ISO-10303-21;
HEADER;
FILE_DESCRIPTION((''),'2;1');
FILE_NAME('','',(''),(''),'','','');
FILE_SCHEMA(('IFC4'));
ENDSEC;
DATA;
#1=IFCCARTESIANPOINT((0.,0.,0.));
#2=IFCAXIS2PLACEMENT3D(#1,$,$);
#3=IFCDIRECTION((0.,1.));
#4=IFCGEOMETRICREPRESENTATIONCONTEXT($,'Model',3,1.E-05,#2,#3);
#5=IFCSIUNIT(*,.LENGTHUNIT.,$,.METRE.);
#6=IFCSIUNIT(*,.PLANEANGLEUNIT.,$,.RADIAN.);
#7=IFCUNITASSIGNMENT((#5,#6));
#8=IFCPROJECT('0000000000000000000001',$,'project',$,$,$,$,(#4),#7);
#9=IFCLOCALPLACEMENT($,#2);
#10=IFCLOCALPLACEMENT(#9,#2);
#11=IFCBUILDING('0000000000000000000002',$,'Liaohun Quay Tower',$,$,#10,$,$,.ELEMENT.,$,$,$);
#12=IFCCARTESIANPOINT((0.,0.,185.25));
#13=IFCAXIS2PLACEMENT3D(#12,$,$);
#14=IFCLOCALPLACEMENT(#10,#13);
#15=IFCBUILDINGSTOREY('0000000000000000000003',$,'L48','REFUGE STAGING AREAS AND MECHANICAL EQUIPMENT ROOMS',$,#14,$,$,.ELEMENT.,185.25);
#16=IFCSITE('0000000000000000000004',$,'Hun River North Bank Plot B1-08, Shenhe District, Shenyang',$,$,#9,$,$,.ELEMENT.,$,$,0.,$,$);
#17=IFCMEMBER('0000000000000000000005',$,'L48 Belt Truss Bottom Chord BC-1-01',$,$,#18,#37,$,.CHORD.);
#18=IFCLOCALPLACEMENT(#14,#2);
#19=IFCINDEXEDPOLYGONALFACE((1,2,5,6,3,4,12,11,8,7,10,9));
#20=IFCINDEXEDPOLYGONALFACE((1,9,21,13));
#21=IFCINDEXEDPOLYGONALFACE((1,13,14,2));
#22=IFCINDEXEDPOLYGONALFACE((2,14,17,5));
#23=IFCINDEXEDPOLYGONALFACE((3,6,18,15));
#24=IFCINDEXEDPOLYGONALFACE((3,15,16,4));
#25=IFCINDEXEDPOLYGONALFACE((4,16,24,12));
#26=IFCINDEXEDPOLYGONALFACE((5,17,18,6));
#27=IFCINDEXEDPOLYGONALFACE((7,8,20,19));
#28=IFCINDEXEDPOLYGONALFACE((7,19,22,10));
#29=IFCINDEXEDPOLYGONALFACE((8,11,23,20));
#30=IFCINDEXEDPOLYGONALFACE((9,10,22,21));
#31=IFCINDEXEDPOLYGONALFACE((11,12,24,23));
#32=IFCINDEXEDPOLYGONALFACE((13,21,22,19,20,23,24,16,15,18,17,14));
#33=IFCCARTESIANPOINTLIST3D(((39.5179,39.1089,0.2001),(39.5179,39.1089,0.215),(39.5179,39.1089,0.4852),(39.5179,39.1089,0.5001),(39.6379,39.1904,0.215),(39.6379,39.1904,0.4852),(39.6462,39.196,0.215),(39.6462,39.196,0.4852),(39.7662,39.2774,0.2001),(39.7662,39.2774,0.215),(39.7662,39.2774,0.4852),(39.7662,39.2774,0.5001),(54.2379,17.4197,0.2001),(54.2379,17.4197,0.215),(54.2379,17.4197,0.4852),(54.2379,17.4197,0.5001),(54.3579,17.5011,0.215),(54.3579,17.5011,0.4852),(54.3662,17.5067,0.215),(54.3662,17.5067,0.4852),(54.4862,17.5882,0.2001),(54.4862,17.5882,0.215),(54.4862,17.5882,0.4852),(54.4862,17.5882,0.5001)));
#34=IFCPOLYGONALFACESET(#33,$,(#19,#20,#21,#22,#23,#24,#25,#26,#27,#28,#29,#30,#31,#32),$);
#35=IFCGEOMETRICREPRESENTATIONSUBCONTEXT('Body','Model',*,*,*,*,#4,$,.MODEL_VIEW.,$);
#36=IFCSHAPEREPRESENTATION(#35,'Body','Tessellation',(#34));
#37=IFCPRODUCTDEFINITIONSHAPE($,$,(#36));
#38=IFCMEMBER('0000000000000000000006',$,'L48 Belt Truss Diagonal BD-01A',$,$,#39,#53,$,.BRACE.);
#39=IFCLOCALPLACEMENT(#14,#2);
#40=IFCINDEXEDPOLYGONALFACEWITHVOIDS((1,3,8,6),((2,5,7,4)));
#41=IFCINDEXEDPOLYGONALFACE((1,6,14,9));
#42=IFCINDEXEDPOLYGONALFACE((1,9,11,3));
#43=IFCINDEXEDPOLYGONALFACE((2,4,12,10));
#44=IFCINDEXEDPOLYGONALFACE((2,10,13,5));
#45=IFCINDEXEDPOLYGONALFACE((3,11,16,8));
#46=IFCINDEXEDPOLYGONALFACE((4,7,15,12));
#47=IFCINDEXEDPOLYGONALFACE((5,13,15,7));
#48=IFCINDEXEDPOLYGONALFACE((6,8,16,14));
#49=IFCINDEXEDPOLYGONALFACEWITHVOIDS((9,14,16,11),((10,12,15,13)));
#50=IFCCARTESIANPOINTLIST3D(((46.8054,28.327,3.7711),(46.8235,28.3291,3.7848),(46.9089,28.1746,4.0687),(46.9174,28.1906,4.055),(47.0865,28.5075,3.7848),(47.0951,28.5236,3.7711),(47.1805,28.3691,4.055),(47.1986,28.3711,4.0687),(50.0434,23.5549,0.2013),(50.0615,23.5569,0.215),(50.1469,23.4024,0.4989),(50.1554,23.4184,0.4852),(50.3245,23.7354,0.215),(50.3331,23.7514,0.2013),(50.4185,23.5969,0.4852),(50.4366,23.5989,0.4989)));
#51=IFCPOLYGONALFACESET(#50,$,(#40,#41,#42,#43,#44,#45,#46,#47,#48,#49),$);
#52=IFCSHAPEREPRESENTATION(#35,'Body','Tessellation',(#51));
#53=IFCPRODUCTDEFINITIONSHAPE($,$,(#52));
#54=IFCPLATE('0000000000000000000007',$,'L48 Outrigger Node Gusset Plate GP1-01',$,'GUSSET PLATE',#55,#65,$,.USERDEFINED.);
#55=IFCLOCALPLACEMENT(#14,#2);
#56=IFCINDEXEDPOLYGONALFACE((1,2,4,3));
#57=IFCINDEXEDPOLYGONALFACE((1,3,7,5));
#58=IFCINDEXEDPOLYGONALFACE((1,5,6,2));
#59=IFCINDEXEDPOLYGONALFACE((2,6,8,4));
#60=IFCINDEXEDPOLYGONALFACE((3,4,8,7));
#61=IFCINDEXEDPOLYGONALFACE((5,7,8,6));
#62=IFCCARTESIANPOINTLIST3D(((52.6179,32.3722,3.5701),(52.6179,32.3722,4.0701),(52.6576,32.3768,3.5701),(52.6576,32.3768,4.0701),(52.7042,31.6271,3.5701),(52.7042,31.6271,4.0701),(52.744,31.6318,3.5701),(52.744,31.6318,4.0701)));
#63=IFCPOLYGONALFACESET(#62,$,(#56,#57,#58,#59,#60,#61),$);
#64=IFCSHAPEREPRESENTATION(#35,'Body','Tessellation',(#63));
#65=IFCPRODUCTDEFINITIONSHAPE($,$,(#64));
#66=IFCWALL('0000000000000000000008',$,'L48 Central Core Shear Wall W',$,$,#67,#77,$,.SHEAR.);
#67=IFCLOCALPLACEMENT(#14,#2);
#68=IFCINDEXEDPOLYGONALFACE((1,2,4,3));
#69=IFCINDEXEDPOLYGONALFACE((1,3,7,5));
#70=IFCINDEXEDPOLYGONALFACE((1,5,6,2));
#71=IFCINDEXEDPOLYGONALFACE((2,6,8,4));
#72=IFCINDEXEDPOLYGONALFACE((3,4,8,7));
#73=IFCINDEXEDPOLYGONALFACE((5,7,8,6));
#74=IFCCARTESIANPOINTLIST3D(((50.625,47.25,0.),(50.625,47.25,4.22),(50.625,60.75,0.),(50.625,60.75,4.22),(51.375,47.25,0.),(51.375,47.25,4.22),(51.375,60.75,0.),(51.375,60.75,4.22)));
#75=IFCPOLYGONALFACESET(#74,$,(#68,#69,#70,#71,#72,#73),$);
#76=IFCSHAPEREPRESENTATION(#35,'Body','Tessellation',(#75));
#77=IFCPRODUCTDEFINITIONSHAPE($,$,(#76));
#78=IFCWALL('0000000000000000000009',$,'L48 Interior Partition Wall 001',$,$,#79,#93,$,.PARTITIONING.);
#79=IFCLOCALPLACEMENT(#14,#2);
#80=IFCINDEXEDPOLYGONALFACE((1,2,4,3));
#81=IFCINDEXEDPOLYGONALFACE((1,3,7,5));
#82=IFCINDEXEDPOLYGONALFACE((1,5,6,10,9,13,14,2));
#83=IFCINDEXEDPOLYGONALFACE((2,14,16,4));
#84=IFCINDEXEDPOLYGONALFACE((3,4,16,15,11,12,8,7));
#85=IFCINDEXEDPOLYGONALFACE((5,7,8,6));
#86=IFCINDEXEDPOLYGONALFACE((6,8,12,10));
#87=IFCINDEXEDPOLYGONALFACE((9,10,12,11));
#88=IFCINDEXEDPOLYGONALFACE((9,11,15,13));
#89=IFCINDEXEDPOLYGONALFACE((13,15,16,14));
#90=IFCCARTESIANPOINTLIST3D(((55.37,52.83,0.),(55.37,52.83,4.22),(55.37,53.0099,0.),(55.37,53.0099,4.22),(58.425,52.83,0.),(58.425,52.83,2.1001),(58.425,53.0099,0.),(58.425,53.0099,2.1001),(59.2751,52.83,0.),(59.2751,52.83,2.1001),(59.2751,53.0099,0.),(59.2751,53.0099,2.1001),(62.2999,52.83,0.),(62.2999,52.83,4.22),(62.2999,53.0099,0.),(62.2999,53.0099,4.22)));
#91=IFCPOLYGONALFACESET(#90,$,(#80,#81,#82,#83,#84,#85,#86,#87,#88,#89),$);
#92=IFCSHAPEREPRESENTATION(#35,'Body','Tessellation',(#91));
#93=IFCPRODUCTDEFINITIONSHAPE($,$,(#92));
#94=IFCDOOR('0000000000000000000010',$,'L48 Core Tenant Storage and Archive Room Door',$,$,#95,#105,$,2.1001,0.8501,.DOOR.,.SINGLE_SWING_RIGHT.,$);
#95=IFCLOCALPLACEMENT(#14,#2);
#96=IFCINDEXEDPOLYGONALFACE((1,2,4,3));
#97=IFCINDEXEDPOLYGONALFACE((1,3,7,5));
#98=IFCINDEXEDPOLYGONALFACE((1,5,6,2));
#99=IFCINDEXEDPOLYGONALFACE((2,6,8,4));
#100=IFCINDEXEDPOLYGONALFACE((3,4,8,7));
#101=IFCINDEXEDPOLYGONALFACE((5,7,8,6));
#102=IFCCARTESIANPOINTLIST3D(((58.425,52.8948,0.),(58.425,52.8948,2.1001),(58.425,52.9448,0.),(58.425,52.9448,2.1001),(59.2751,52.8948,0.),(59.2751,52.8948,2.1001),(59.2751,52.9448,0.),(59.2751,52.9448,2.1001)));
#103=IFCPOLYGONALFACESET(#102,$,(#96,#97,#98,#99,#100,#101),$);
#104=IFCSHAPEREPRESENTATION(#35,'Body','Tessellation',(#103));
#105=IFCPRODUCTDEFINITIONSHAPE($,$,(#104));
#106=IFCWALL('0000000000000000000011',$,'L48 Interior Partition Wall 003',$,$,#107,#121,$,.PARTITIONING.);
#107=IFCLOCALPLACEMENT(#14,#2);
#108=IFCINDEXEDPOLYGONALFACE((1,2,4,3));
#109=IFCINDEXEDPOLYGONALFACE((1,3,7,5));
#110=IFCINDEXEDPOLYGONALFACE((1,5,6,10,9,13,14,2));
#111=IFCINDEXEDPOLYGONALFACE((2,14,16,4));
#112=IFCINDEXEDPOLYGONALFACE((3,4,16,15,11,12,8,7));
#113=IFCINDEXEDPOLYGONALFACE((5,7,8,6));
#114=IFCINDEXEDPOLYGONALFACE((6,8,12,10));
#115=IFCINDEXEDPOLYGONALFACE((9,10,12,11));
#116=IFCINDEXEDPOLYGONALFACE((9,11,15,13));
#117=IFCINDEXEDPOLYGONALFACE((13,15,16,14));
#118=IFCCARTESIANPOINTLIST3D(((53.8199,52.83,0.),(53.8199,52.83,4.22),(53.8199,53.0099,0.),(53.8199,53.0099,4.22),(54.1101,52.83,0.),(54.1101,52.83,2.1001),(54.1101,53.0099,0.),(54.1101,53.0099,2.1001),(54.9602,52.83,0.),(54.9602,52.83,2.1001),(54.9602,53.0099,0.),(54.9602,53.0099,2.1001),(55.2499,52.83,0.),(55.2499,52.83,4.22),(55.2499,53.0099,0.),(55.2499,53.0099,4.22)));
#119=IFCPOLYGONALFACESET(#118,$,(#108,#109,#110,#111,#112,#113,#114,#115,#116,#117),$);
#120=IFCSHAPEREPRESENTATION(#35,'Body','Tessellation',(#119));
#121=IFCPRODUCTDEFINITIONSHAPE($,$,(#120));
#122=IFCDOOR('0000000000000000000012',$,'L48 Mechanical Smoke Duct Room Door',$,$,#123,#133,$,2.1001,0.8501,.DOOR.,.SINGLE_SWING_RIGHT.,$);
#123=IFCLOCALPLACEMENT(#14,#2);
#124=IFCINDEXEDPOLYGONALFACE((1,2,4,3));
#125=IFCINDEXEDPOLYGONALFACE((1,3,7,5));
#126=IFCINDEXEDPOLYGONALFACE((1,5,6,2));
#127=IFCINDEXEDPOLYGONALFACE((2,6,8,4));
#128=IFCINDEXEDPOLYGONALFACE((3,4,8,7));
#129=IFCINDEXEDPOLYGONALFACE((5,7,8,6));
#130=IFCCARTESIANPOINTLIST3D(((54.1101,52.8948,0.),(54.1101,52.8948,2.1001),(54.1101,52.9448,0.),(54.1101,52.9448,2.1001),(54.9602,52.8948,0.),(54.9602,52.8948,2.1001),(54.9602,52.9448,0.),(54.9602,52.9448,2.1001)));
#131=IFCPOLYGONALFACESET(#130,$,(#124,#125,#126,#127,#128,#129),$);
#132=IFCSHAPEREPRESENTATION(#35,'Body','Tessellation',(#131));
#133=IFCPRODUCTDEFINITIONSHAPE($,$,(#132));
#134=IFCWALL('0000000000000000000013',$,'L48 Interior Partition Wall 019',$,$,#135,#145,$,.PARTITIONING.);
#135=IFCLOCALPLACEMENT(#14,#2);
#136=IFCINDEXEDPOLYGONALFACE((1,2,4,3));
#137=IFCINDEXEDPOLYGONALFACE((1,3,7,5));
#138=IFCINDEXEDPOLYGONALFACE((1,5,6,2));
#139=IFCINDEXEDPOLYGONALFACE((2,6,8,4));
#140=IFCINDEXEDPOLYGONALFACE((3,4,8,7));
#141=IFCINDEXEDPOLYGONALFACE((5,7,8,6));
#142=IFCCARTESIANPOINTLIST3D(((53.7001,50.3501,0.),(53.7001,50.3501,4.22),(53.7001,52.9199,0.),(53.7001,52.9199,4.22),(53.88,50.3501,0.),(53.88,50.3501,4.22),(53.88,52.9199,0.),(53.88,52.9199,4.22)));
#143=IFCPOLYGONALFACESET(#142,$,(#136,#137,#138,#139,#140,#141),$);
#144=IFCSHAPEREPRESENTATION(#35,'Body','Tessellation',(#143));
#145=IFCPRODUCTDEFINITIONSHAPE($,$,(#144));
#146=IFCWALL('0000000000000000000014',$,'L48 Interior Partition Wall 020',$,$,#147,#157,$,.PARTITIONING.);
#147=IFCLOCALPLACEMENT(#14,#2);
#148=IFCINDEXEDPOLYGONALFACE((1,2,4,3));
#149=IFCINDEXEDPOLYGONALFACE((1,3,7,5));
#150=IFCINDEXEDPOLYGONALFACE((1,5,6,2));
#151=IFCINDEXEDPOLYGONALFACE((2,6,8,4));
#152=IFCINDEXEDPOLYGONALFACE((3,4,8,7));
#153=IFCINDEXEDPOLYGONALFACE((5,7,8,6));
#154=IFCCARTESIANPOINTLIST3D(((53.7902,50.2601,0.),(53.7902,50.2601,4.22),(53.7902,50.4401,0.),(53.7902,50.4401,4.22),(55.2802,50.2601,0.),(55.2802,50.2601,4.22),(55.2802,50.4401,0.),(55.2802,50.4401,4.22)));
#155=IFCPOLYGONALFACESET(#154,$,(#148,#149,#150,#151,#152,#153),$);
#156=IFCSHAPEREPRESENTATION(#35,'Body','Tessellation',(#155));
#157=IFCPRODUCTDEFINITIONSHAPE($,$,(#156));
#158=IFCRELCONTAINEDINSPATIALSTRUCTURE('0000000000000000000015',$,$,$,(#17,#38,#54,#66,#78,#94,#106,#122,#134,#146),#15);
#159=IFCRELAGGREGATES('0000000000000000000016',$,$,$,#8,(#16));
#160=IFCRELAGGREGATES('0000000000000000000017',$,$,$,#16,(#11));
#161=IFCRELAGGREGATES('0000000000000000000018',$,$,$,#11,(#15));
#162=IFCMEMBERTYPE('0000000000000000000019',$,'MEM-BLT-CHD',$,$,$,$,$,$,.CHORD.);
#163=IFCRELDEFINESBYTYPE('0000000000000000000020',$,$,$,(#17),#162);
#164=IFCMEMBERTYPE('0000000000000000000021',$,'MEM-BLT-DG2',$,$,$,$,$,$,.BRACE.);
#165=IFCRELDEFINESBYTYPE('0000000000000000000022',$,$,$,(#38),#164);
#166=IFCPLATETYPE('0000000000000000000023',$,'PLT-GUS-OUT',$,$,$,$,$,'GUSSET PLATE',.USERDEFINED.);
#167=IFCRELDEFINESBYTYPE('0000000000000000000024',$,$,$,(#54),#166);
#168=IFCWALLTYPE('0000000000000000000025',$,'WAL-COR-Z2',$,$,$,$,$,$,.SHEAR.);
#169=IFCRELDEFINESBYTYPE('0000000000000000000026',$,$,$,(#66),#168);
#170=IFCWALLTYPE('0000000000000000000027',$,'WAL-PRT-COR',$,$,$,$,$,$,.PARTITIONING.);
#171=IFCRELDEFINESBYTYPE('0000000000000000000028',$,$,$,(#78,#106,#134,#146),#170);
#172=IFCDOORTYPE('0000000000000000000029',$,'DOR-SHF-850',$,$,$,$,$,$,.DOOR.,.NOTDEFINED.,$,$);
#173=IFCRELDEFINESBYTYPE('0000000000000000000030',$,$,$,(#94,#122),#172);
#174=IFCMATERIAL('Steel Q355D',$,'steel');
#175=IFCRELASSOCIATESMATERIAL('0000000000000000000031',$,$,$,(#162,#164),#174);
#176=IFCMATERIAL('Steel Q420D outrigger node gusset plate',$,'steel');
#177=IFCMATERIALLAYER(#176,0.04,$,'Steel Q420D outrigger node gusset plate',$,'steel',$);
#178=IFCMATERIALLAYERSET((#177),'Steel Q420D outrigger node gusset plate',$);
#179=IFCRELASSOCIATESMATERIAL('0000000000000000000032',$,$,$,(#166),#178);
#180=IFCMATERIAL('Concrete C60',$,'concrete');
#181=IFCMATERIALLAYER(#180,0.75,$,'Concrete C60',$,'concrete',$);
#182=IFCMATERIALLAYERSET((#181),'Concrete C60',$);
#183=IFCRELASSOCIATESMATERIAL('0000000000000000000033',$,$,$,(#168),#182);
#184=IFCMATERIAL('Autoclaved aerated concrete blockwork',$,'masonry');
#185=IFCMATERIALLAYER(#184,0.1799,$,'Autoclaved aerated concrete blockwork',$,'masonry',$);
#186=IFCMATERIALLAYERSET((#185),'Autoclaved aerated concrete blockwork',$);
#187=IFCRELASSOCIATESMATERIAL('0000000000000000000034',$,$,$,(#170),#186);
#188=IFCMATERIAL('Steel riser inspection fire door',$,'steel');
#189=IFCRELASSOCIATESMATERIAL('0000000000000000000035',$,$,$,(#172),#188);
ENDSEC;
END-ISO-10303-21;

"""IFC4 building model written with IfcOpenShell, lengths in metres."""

from ifc_helpers import new_model, si_unit, direction, frame, frame_2d, origin, origin_2d, place, context, subcontext, project, spatial, rectangle, hollow_rectangle, i_section, extrude, source, transform, mapped, material, layer, layer_set, material_profile, profile_set, type_object, element, fill, save


model = new_model("IFC4")

# Units and contexts
model_context = context("Model", 3, precision=1e-05, world=origin(), true_north=direction((0.0, 1.0)))
body_context = subcontext(model_context, "Body", "Model", "MODEL_VIEW")
ifc_project = project(units=[si_unit("LENGTHUNIT", "METRE"), si_unit("PLANEANGLEUNIT", "RADIAN")], contexts=[model_context])

# Site, building, storey
site_placement = place(None, origin())
site = spatial("IfcSite", under=ifc_project, at=site_placement, Name="Hun River North Bank Plot B1-08, Shenhe District, Shenyang", CompositionType="ELEMENT", RefElevation=0.0)
building_placement = place(site_placement, origin())
building = spatial("IfcBuilding", under=site, at=building_placement, Name="Liaohun Quay Tower", CompositionType="ELEMENT")
storey_placement = place(building_placement, frame((0.0, 0.0, 185.25)))
storey = spatial("IfcBuildingStorey", under=building, at=storey_placement, Name="L48", Description="REFUGE STAGING AREAS AND MECHANICAL EQUIPMENT ROOMS", CompositionType="ELEMENT", Elevation=185.25)

# Shared definitions
ifc_material_1 = material(Name="Concrete C60", Category="concrete")

# Shared definitions
ifc_material_2 = material(Name="Steel Q355D", Category="steel")

# Members
ifc_material_profile_1 = material_profile(ifc_material_2, i_section(OverallWidth=0.3, OverallDepth=0.3, WebThickness=0.01, FlangeThickness=0.0149, at=origin_2d()), Name="HW300x300x10x15")
ifc_profile_set_1 = profile_set([ifc_material_profile_1], Name="Steel Q355D")
member_type_1 = type_object("IfcMemberType", Name="MEM-BLT-CHD", PredefinedType="CHORD", material=ifc_profile_set_1)
shared_shape_1 = source(origin(), body_context, "Body", "SweptSolid", [
    extrude(i_section(OverallWidth=0.3, OverallDepth=0.3, WebThickness=0.01, FlangeThickness=0.0149, at=origin_2d()), origin(), (0.0, 0.0, 1.0), 26.2126),
])
member_1_placement = place(storey_placement, frame((54.3621, 17.5039, 0.3501), z_axis=(-0.561561, 0.827435, 0.0), x_axis=(-0.827435, -0.561561, 0.0)))
element("IfcMember", 1, at=member_1_placement, inside=storey, type_object=member_type_1, Name="L48 Belt Truss Bottom Chord BC-1-01", PredefinedType="CHORD", context=body_context, shape_type="MappedRepresentation", body=[
    mapped(shared_shape_1, transform((0.0, 0.0, 0.0), x_axis=(1.0, 0.0, 0.0), y_axis=(0.0, 1.0, 0.0), z_axis=(0.0, 0.0, 1.0), scale=1.0)),
])
ifc_material_profile_2 = material_profile(ifc_material_2, hollow_rectangle(XDim=0.3501, YDim=0.3501, WallThickness=0.0161, at=origin_2d()), Name="SHS350x350x16")
ifc_profile_set_2 = profile_set([ifc_material_profile_2], Name="Steel Q355D")
member_type_2 = type_object("IfcMemberType", Name="MEM-BLT-DG2", PredefinedType="BRACE", material=ifc_profile_set_2)
shared_shape_2 = source(origin(), body_context, "Body", "SweptSolid", [
    extrude(hollow_rectangle(XDim=0.3501, YDim=0.3501, WallThickness=0.0161, at=origin_2d()), origin(), (0.0, 0.0, 1.0), 6.7825),
])
member_2_placement = place(storey_placement, frame((50.24, 23.5769, 0.3501), z_axis=(-0.477409, 0.703605, 0.526327), x_axis=(-0.827496, -0.561471, 0.0)))
element("IfcMember", 2, at=member_2_placement, inside=storey, type_object=member_type_2, Name="L48 Belt Truss Diagonal BD-01A", PredefinedType="BRACE", context=body_context, shape_type="MappedRepresentation", body=[
    mapped(shared_shape_2, transform((0.0, 0.0, 0.0), x_axis=(1.0, 0.0, 0.0), y_axis=(0.0, 1.0, 0.0), z_axis=(0.0, 0.0, 1.0), scale=1.0)),
])

# Plate
ifc_material_3 = material(Name="Steel Q420D outrigger node gusset plate", Category="steel")
ifc_layer_1 = layer(ifc_material_3, 0.04, Name="Steel Q420D outrigger node gusset plate", Category="steel")
ifc_layer_set_1 = layer_set([ifc_layer_1], Name="Steel Q420D outrigger node gusset plate")
plate_type = type_object("IfcPlateType", Name="PLT-GUS-OUT", ElementType="GUSSET PLATE", PredefinedType="USERDEFINED", material=ifc_layer_set_1)
shared_shape_3 = source(origin(), body_context, "Body", "SweptSolid", [
    extrude(rectangle(XDim=0.75, YDim=0.04, at=origin_2d()), origin(), (0.0, 0.0, 1.0), 0.5),
])
plate_placement = place(storey_placement, frame((52.6809, 32.002, 3.5701), z_axis=(0.0, 0.0, 1.0), x_axis=(0.115111, -0.993353, 0.0)))
element("IfcPlate", 3, at=plate_placement, inside=storey, type_object=plate_type, Name="L48 Outrigger Node Gusset Plate GP1-01", ObjectType="GUSSET PLATE", PredefinedType="USERDEFINED", context=body_context, shape_type="MappedRepresentation", body=[
    mapped(shared_shape_3, transform((0.0, 0.0, 0.0), x_axis=(1.0, 0.0, 0.0), y_axis=(0.0, 1.0, 0.0), z_axis=(0.0, 0.0, 1.0), scale=1.0)),
])

# Wall
ifc_layer_2 = layer(ifc_material_1, 0.75, Name="Concrete C60", Category="concrete")
ifc_layer_set_2 = layer_set([ifc_layer_2], Name="Concrete C60")
wall_type_1 = type_object("IfcWallType", Name="WAL-COR-Z2", PredefinedType="SHEAR", material=ifc_layer_set_2)
wall_1_placement = place(storey_placement, frame((51.0, 47.25, 0.0), z_axis=(0.0, 0.0, 1.0), x_axis=(0.0, 1.0, 0.0)))
element("IfcWall", 4, at=wall_1_placement, inside=storey, type_object=wall_type_1, Name="L48 Central Core Shear Wall W", PredefinedType="SHEAR", context=body_context, shape_type="SweptSolid", body=[
    extrude(rectangle(XDim=13.5, YDim=0.75, at=frame_2d((6.75, 0.0))), origin(), (0.0, 0.0, 1.0), 4.22),
])

# Walls, openings, doors
ifc_material_4 = material(Name="Autoclaved aerated concrete blockwork", Category="masonry")
ifc_layer_3 = layer(ifc_material_4, 0.1799, Name="Autoclaved aerated concrete blockwork", Category="masonry")
ifc_layer_set_3 = layer_set([ifc_layer_3], Name="Autoclaved aerated concrete blockwork")
wall_type_2 = type_object("IfcWallType", Name="WAL-PRT-COR", PredefinedType="PARTITIONING", material=ifc_layer_set_3)
wall_2_placement = place(storey_placement, frame((55.3701, 52.9199, 0.0), z_axis=(0.0, 0.0, 1.0), x_axis=(1.0, 0.0, 0.0)))
wall_2 = element("IfcWall", 5, at=wall_2_placement, inside=storey, type_object=wall_type_2, Name="L48 Interior Partition Wall 001", PredefinedType="PARTITIONING", context=body_context, shape_type="SweptSolid", body=[
    extrude(rectangle(XDim=6.9299, YDim=0.1799, at=frame_2d((3.4648, 0.0))), origin(), (0.0, 0.0, 1.0), 4.22),
])
shared_shape_4 = source(origin(), body_context, "Body", "SweptSolid", [
    extrude(rectangle(XDim=0.8501, YDim=2.1001, at=frame_2d((0.425, 1.05))), frame((0.0, 0.0999, 0.0), z_axis=(0.0, -1.0, 0.0), x_axis=(1.0, 0.0, 0.0)), (0.0, 0.0, 1.0), 0.2),
])
opening_1_placement = place(wall_2_placement, frame((3.0549, 0.0, 0.0)))
opening_1 = element("IfcOpeningElement", 6, at=opening_1_placement, cuts=wall_2, PredefinedType="OPENING", context=body_context, shape_type="MappedRepresentation", body=[
    mapped(shared_shape_4, transform((0.0, 0.0, 0.0), x_axis=(1.0, 0.0, 0.0), y_axis=(0.0, 1.0, 0.0), z_axis=(0.0, 0.0, 1.0), scale=1.0)),
])
ifc_material_5 = material(Name="Steel riser inspection fire door", Category="steel")
door_type_1 = type_object("IfcDoorType", Name="DOR-SHF-850", OperationType="NOTDEFINED", PredefinedType="DOOR", material=ifc_material_5)
shared_shape_5 = source(origin(), body_context, "Body", "SweptSolid", [
    extrude(rectangle(XDim=0.8501, YDim=2.1001, at=frame_2d((0.425, 1.05))), frame((0.0, 0.0249, 0.0), z_axis=(0.0, -1.0, 0.0), x_axis=(1.0, 0.0, 0.0)), (0.0, 0.0, 1.0), 0.05),
])
door_1_placement = place(opening_1_placement, origin())
door_1 = element("IfcDoor", 7, at=door_1_placement, inside=storey, type_object=door_type_1, Name="L48 Core Tenant Storage and Archive Room Door", OperationType="SINGLE_SWING_RIGHT", OverallHeight=2.1001, OverallWidth=0.8501, PredefinedType="DOOR", context=body_context, shape_type="MappedRepresentation", body=[
    mapped(shared_shape_5, transform((0.0, 0.0, 0.0), x_axis=(1.0, 0.0, 0.0), y_axis=(0.0, 1.0, 0.0), z_axis=(0.0, 0.0, 1.0), scale=1.0)),
])
fill(opening_1, door_1)
wall_3_placement = place(storey_placement, frame((53.8201, 52.9199, 0.0), z_axis=(0.0, 0.0, 1.0), x_axis=(1.0, 0.0, 0.0)))
wall_3 = element("IfcWall", 8, at=wall_3_placement, inside=storey, type_object=wall_type_2, Name="L48 Interior Partition Wall 003", PredefinedType="PARTITIONING", context=body_context, shape_type="SweptSolid", body=[
    extrude(rectangle(XDim=1.4299, YDim=0.1799, at=frame_2d((0.7148, 0.0))), origin(), (0.0, 0.0, 1.0), 4.22),
])
opening_2_placement = place(wall_3_placement, frame((0.29, 0.0, 0.0)))
opening_2 = element("IfcOpeningElement", 9, at=opening_2_placement, cuts=wall_3, PredefinedType="OPENING", context=body_context, shape_type="MappedRepresentation", body=[
    mapped(shared_shape_4, transform((0.0, 0.0, 0.0), x_axis=(1.0, 0.0, 0.0), y_axis=(0.0, 1.0, 0.0), z_axis=(0.0, 0.0, 1.0), scale=1.0)),
])
door_2_placement = place(opening_2_placement, origin())
door_2 = element("IfcDoor", 10, at=door_2_placement, inside=storey, type_object=door_type_1, Name="L48 Mechanical Smoke Duct Room Door", OperationType="SINGLE_SWING_RIGHT", OverallHeight=2.1001, OverallWidth=0.8501, PredefinedType="DOOR", context=body_context, shape_type="MappedRepresentation", body=[
    mapped(shared_shape_5, transform((0.0, 0.0, 0.0), x_axis=(1.0, 0.0, 0.0), y_axis=(0.0, 1.0, 0.0), z_axis=(0.0, 0.0, 1.0), scale=1.0)),
])
fill(opening_2, door_2)

# Walls
wall_4_placement = place(storey_placement, frame((53.79, 50.3501, 0.0), z_axis=(0.0, 0.0, 1.0), x_axis=(0.0, 1.0, 0.0)))
element("IfcWall", 11, at=wall_4_placement, inside=storey, type_object=wall_type_2, Name="L48 Interior Partition Wall 019", PredefinedType="PARTITIONING", context=body_context, shape_type="SweptSolid", body=[
    extrude(rectangle(XDim=2.5698, YDim=0.1799, at=frame_2d((1.2849, 0.0))), origin(), (0.0, 0.0, 1.0), 4.22),
])
wall_5_placement = place(storey_placement, frame((53.79, 50.3501, 0.0), z_axis=(0.0, 0.0, 1.0), x_axis=(1.0, 0.0, 0.0)))
element("IfcWall", 12, at=wall_5_placement, inside=storey, type_object=wall_type_2, Name="L48 Interior Partition Wall 020", PredefinedType="PARTITIONING", context=body_context, shape_type="SweptSolid", body=[
    extrude(rectangle(XDim=1.49, YDim=0.1799, at=frame_2d((0.7451, 0.0))), origin(), (0.0, 0.0, 1.0), 4.22),
])

save(model, "model.ifc")
